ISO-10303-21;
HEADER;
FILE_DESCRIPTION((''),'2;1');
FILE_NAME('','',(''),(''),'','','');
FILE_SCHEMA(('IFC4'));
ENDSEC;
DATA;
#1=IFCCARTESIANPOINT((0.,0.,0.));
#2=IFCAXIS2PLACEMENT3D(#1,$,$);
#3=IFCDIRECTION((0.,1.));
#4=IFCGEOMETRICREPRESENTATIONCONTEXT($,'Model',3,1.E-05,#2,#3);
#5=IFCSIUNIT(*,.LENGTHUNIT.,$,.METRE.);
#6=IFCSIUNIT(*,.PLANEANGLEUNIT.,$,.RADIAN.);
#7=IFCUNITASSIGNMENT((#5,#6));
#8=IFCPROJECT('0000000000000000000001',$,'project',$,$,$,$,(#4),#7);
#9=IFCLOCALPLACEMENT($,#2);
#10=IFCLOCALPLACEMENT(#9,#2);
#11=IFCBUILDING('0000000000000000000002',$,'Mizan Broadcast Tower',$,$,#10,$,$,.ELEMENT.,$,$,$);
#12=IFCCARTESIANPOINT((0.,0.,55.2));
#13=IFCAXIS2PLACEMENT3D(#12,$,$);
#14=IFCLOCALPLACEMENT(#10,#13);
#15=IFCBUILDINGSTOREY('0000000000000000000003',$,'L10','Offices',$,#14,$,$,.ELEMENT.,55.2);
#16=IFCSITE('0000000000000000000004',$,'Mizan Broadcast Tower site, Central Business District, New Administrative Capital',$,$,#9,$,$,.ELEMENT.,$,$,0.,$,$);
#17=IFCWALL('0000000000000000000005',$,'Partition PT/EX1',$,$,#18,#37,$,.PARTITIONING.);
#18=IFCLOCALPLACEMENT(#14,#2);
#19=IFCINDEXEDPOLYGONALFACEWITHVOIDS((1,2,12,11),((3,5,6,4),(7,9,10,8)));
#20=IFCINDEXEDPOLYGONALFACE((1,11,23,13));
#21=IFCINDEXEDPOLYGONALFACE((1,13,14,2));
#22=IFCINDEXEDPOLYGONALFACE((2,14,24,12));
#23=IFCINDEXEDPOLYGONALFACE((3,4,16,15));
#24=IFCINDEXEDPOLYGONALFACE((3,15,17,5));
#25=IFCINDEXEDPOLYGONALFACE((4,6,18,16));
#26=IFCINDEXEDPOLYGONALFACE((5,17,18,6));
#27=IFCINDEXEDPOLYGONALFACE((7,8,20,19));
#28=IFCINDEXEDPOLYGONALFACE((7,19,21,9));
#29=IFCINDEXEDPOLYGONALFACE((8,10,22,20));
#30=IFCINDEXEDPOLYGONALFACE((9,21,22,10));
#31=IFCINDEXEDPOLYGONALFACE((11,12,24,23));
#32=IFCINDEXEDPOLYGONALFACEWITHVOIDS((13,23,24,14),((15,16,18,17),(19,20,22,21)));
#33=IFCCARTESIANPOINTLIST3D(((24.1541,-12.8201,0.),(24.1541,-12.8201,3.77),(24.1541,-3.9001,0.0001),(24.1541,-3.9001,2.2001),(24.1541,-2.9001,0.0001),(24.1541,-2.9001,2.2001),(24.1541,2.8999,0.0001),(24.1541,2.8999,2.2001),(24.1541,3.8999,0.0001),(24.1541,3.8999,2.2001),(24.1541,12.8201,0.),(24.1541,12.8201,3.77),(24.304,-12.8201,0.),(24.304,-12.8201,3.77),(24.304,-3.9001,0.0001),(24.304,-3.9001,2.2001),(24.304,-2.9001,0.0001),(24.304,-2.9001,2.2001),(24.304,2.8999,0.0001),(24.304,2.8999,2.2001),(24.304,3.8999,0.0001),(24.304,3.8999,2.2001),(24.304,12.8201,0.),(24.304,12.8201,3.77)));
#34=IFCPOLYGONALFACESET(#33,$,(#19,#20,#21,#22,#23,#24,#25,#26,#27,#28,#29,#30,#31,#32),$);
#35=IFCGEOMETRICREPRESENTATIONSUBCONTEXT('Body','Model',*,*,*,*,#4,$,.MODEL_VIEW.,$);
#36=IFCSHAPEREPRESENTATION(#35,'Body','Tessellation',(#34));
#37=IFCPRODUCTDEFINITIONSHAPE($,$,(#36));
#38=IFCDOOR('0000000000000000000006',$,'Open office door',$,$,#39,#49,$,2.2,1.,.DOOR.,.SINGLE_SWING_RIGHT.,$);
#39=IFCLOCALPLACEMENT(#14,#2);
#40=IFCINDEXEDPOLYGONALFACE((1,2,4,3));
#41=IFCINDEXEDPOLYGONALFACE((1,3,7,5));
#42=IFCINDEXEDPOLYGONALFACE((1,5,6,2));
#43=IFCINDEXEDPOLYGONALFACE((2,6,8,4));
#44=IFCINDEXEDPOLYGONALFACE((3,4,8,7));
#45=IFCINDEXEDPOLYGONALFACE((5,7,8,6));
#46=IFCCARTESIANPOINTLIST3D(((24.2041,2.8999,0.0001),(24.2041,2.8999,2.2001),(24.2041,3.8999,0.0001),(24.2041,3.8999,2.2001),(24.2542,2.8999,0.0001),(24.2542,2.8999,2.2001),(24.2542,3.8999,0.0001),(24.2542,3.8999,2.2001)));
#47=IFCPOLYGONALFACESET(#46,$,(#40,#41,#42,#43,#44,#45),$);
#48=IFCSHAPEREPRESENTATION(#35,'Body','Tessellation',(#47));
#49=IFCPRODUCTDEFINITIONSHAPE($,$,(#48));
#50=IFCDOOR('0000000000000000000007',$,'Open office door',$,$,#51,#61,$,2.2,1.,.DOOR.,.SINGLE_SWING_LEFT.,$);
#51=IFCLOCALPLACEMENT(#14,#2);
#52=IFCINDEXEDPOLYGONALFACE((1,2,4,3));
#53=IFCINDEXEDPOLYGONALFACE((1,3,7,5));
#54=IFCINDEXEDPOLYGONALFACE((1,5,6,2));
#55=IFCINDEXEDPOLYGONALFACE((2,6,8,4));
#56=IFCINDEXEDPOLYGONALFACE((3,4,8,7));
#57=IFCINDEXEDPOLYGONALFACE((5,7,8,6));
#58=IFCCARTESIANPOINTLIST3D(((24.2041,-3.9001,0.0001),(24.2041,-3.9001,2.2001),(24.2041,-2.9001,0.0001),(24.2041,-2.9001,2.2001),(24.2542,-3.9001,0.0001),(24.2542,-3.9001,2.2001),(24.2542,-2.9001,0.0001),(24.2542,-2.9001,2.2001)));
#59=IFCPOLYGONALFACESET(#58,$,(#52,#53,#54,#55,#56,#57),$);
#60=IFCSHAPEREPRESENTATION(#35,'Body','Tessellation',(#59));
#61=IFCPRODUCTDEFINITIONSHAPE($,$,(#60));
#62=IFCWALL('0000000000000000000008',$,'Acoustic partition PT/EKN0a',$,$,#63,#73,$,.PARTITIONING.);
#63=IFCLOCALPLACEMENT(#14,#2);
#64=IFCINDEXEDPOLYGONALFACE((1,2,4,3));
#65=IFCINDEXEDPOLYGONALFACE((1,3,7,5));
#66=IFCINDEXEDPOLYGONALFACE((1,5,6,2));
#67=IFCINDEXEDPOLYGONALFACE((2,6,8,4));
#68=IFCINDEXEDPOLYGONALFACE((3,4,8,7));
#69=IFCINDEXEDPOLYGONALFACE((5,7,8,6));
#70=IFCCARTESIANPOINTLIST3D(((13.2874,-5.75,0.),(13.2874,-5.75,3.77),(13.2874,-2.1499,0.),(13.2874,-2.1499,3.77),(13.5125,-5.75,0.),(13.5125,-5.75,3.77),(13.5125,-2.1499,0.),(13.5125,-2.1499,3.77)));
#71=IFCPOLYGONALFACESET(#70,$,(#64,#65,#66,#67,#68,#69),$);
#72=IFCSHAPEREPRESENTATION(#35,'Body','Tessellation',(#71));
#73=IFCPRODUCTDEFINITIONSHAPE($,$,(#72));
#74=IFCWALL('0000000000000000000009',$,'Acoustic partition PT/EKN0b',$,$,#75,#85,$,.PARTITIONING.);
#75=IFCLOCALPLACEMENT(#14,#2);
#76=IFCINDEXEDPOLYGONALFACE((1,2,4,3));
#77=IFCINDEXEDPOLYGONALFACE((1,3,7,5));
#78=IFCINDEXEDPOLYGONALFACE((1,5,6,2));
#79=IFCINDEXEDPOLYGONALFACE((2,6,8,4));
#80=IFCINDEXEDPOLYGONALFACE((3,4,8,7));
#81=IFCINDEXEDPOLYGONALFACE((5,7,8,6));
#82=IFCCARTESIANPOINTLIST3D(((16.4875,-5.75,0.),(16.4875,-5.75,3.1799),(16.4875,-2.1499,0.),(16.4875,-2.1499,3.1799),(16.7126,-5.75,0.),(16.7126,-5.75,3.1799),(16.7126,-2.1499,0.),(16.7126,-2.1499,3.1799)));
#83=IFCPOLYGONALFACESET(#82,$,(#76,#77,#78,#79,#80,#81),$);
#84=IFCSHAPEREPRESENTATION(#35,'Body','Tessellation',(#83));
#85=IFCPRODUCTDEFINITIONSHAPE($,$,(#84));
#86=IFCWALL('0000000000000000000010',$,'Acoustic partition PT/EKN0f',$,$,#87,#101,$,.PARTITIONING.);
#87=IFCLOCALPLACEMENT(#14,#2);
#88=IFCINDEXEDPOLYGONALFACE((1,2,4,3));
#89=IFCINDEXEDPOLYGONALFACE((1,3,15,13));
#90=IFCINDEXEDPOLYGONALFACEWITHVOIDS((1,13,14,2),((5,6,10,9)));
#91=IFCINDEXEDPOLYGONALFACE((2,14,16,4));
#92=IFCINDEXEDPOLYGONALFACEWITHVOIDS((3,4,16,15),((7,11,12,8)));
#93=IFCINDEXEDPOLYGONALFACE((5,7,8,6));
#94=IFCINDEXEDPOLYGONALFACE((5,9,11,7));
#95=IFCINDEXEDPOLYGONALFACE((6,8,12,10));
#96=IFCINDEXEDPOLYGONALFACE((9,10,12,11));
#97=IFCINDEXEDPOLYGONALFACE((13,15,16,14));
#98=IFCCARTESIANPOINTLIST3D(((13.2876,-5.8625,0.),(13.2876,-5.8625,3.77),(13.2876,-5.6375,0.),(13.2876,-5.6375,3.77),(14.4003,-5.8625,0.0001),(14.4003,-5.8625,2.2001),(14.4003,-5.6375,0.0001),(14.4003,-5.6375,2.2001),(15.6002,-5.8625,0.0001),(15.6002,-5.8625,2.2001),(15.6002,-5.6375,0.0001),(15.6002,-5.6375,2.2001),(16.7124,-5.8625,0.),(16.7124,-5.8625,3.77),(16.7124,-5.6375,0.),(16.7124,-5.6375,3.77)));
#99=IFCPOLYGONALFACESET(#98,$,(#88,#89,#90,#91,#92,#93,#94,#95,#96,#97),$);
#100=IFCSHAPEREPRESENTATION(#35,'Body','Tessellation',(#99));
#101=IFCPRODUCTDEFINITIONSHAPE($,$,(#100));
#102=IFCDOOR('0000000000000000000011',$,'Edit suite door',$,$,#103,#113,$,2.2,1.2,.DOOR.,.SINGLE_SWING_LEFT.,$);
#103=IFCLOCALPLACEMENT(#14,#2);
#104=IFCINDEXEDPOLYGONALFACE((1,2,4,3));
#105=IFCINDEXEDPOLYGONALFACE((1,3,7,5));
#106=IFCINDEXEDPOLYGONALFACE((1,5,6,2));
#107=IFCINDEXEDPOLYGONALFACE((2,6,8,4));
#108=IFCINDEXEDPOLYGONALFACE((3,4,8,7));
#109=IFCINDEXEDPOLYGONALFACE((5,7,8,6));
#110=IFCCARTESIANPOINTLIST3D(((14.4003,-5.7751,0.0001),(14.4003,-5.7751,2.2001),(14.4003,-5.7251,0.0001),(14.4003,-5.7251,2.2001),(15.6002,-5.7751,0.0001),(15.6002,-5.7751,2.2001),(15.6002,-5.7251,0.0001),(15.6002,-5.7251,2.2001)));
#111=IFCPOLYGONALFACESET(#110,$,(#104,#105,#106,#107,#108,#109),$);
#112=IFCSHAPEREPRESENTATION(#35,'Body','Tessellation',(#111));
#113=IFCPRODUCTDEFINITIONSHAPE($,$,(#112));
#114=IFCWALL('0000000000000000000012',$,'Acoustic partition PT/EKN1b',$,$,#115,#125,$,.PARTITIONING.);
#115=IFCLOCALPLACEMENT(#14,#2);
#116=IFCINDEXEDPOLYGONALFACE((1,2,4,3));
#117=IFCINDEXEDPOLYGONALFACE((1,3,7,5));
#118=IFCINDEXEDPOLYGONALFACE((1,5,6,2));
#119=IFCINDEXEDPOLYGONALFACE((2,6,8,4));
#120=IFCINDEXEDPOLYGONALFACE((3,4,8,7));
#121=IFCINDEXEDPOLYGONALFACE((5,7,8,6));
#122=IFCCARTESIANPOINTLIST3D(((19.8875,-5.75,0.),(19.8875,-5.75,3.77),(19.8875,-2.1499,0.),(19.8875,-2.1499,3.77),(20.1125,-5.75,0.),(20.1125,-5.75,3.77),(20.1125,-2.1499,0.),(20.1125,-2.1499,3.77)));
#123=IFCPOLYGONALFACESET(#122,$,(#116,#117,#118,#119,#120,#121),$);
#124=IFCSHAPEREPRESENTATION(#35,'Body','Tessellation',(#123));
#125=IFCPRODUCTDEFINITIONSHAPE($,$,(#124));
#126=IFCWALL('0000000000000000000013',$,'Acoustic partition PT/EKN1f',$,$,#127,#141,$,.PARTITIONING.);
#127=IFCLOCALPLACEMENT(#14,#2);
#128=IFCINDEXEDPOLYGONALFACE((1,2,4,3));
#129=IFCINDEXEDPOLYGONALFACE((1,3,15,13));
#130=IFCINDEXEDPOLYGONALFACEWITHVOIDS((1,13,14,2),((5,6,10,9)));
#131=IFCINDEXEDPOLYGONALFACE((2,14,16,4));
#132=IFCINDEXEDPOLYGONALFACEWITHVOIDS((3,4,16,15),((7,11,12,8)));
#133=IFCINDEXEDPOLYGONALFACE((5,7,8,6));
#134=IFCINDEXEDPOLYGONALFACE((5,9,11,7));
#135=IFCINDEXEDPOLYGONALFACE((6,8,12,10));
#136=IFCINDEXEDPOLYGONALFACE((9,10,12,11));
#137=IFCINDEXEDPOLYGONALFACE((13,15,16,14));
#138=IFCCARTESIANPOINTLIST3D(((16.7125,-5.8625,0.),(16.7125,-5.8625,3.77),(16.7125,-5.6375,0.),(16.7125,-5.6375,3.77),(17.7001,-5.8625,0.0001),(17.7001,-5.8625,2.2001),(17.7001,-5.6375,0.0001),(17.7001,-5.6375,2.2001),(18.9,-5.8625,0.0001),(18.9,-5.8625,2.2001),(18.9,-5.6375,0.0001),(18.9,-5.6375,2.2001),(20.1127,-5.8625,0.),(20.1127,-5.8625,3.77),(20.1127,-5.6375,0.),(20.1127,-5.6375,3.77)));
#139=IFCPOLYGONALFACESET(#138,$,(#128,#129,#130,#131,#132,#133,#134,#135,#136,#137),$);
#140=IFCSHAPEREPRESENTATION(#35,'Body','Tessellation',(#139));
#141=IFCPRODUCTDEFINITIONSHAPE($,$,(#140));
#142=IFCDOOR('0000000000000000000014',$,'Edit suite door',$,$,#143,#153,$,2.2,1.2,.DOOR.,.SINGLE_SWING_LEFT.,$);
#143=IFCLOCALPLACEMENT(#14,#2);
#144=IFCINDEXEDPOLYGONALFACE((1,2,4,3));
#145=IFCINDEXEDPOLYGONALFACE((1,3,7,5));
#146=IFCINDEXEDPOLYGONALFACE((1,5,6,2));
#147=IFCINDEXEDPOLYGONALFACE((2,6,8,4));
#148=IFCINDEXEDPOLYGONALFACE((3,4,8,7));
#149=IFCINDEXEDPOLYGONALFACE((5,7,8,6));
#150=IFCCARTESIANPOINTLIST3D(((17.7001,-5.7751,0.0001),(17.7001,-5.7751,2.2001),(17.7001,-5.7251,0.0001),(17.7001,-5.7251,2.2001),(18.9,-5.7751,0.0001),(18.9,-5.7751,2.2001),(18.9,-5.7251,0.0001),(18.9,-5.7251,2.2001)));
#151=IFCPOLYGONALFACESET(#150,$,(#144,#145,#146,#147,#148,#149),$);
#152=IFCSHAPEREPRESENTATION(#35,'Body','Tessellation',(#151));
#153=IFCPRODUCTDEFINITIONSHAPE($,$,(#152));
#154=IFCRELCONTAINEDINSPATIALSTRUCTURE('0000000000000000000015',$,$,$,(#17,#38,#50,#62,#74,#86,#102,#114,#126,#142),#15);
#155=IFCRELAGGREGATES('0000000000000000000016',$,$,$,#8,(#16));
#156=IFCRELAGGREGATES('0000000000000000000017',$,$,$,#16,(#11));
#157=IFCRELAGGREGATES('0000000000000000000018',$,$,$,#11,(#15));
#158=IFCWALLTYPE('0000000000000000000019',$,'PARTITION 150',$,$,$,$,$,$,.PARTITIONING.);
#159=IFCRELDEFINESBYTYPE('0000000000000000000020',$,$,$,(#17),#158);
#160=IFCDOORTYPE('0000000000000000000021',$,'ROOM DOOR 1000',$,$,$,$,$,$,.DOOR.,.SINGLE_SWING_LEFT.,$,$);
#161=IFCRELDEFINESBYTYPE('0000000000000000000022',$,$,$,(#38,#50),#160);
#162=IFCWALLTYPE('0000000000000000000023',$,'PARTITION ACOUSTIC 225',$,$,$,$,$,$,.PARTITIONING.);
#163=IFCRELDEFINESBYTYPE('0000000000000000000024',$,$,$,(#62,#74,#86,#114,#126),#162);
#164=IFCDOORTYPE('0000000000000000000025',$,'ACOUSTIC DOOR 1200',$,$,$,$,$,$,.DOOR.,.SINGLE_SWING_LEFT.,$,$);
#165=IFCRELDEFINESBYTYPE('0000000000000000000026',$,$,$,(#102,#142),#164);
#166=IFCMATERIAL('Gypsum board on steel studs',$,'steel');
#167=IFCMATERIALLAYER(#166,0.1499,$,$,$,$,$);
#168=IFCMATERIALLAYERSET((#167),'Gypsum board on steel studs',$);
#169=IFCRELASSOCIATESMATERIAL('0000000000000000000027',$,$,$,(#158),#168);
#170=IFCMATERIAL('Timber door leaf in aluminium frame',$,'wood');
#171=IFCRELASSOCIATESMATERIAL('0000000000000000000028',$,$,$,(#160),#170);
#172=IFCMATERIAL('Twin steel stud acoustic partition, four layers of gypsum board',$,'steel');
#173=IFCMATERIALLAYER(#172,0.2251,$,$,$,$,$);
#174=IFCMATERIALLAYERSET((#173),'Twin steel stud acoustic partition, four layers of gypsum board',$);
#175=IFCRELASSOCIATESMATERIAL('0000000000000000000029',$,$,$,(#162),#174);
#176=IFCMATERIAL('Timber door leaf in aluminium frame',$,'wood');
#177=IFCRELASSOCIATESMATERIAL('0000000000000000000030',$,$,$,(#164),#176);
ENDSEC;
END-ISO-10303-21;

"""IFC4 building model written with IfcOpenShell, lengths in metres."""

from ifc_helpers import new_model, si_unit, direction, frame, frame_2d, origin, place, context, subcontext, project, spatial, rectangle, extrude, material, layer, layer_set, type_object, element, fill, save


model = new_model("IFC4")

# Units and contexts
model_context = context("Model", 3, precision=1e-05, world=origin(), true_north=direction((0.0, 1.0)))
body_context = subcontext(model_context, "Body", "Model", "MODEL_VIEW")
ifc_project = project(units=[si_unit("LENGTHUNIT", "METRE"), si_unit("PLANEANGLEUNIT", "RADIAN")], contexts=[model_context])

# Site, building, storey
site_placement = place(None, origin())
site = spatial("IfcSite", under=ifc_project, at=site_placement, Name="Mizan Broadcast Tower site, Central Business District, New Administrative Capital", CompositionType="ELEMENT", RefElevation=0.0)
building_placement = place(site_placement, origin())
building = spatial("IfcBuilding", under=site, at=building_placement, Name="Mizan Broadcast Tower", CompositionType="ELEMENT")
storey_placement = place(building_placement, frame((0.0, 0.0, 55.2)))
storey = spatial("IfcBuildingStorey", under=building, at=storey_placement, Name="L10", Description="Offices", CompositionType="ELEMENT", Elevation=55.2)

# Wall, openings, doors
ifc_material_1 = material(Name="Gypsum board on steel studs", Category="steel")
ifc_layer_1 = layer(ifc_material_1, 0.1499)
ifc_layer_set_1 = layer_set([ifc_layer_1], Name="Gypsum board on steel studs")
wall_type_1 = type_object("IfcWallType", Name="PARTITION 150", PredefinedType="PARTITIONING", material=ifc_layer_set_1)
wall_1_placement = place(storey_placement, frame((24.229, -12.8201, 0.0), z_axis=(0.0, 0.0, 1.0), x_axis=(0.0, 1.0, 0.0)))
wall_1 = element("IfcWall", 1, at=wall_1_placement, inside=storey, type_object=wall_type_1, Name="Partition PT/EX1", PredefinedType="PARTITIONING", context=body_context, shape_type="SweptSolid", body=[
    extrude(rectangle(XDim=25.6401, YDim=0.1499, at=frame_2d((12.8201, 0.0))), origin(), (0.0, 0.0, 1.0), 3.77),
])
opening_1_placement = place(wall_1_placement, frame((15.72, 0.0, 0.0)))
opening_1 = element("IfcOpeningElement", 2, at=opening_1_placement, cuts=wall_1, PredefinedType="OPENING", context=body_context, shape_type="SweptSolid", body=[
    extrude(rectangle(XDim=1.0, YDim=2.2, at=frame_2d((0.5, 1.1001))), frame((0.0, 0.085, 0.0), z_axis=(0.0, -1.0, 0.0), x_axis=(1.0, 0.0, 0.0)), (0.0, 0.0, 1.0), 0.1699),
])
opening_2_placement = place(wall_1_placement, frame((8.9199, 0.0, 0.0)))
opening_2 = element("IfcOpeningElement", 3, at=opening_2_placement, cuts=wall_1, PredefinedType="OPENING", context=body_context, shape_type="SweptSolid", body=[
    extrude(rectangle(XDim=1.0, YDim=2.2, at=frame_2d((0.5, 1.1001))), frame((0.0, 0.085, 0.0), z_axis=(0.0, -1.0, 0.0), x_axis=(1.0, 0.0, 0.0)), (0.0, 0.0, 1.0), 0.1699),
])
ifc_material_2 = material(Name="Timber door leaf in aluminium frame", Category="wood")
door_type_1 = type_object("IfcDoorType", Name="ROOM DOOR 1000", OperationType="SINGLE_SWING_LEFT", PredefinedType="DOOR", material=ifc_material_2)
door_1_placement = place(opening_1_placement, origin())
door_1 = element("IfcDoor", 4, at=door_1_placement, inside=storey, type_object=door_type_1, Name="Open office door", OperationType="SINGLE_SWING_RIGHT", OverallHeight=2.2, OverallWidth=1.0, PredefinedType="DOOR", context=body_context, shape_type="SweptSolid", body=[
    extrude(rectangle(XDim=1.0, YDim=2.2, at=frame_2d((0.5, 1.1001))), frame((0.0, 0.0249, 0.0), z_axis=(0.0, -1.0, 0.0), x_axis=(1.0, 0.0, 0.0)), (0.0, 0.0, 1.0), 0.05),
])
fill(opening_1, door_1)
door_2_placement = place(opening_2_placement, origin())
door_2 = element("IfcDoor", 5, at=door_2_placement, inside=storey, type_object=door_type_1, Name="Open office door", OperationType="SINGLE_SWING_LEFT", OverallHeight=2.2, OverallWidth=1.0, PredefinedType="DOOR", context=body_context, shape_type="SweptSolid", body=[
    extrude(rectangle(XDim=1.0, YDim=2.2, at=frame_2d((0.5, 1.1001))), frame((0.0, 0.0249, 0.0), z_axis=(0.0, -1.0, 0.0), x_axis=(1.0, 0.0, 0.0)), (0.0, 0.0, 1.0), 0.05),
])
fill(opening_2, door_2)

# Walls
ifc_material_3 = material(Name="Twin steel stud acoustic partition, four layers of gypsum board", Category="steel")
ifc_layer_2 = layer(ifc_material_3, 0.2251)
ifc_layer_set_2 = layer_set([ifc_layer_2], Name="Twin steel stud acoustic partition, four layers of gypsum board")
wall_type_2 = type_object("IfcWallType", Name="PARTITION ACOUSTIC 225", PredefinedType="PARTITIONING", material=ifc_layer_set_2)
wall_2_placement = place(storey_placement, frame((13.3999, -2.1499, 0.0), z_axis=(0.0, 0.0, 1.0), x_axis=(0.0, -1.0, 0.0)))
element("IfcWall", 6, at=wall_2_placement, inside=storey, type_object=wall_type_2, Name="Acoustic partition PT/EKN0a", PredefinedType="PARTITIONING", context=body_context, shape_type="SweptSolid", body=[
    extrude(rectangle(XDim=3.6001, YDim=0.2251, at=frame_2d((1.8, 0.0))), origin(), (0.0, 0.0, 1.0), 3.77),
])
wall_3_placement = place(storey_placement, frame((16.6001, -2.1499, 0.0), z_axis=(0.0, 0.0, 1.0), x_axis=(0.0, -1.0, 0.0)))
element("IfcWall", 7, at=wall_3_placement, inside=storey, type_object=wall_type_2, Name="Acoustic partition PT/EKN0b", PredefinedType="PARTITIONING", context=body_context, shape_type="SweptSolid", body=[
    extrude(rectangle(XDim=3.6001, YDim=0.2251, at=frame_2d((1.8, 0.0))), origin(), (0.0, 0.0, 1.0), 3.1799),
])

# Wall, opening, door
wall_4_placement = place(storey_placement, frame((13.2876, -5.75, 0.0), z_axis=(0.0, 0.0, 1.0), x_axis=(1.0, 0.0, 0.0)))
wall_4 = element("IfcWall", 8, at=wall_4_placement, inside=storey, type_object=wall_type_2, Name="Acoustic partition PT/EKN0f", PredefinedType="PARTITIONING", context=body_context, shape_type="SweptSolid", body=[
    extrude(rectangle(XDim=3.4248, YDim=0.2251, at=frame_2d((1.7124, 0.0))), origin(), (0.0, 0.0, 1.0), 3.77),
])
opening_3_placement = place(wall_4_placement, frame((1.1125, 0.0, 0.0)))
opening_3 = element("IfcOpeningElement", 9, at=opening_3_placement, cuts=wall_4, PredefinedType="OPENING", context=body_context, shape_type="SweptSolid", body=[
    extrude(rectangle(XDim=1.2, YDim=2.2, at=frame_2d((0.6001, 1.1001))), frame((0.0, 0.1226, 0.0), z_axis=(0.0, -1.0, 0.0), x_axis=(1.0, 0.0, 0.0)), (0.0, 0.0, 1.0), 0.2451),
])
ifc_material_4 = material(Name="Timber door leaf in aluminium frame", Category="wood")
door_type_2 = type_object("IfcDoorType", Name="ACOUSTIC DOOR 1200", OperationType="SINGLE_SWING_LEFT", PredefinedType="DOOR", material=ifc_material_4)
door_3_placement = place(opening_3_placement, origin())
door_3 = element("IfcDoor", 10, at=door_3_placement, inside=storey, type_object=door_type_2, Name="Edit suite door", OperationType="SINGLE_SWING_LEFT", OverallHeight=2.2, OverallWidth=1.2, PredefinedType="DOOR", context=body_context, shape_type="SweptSolid", body=[
    extrude(rectangle(XDim=1.2, YDim=2.2, at=frame_2d((0.6001, 1.1001))), frame((0.0, 0.0249, 0.0), z_axis=(0.0, -1.0, 0.0), x_axis=(1.0, 0.0, 0.0)), (0.0, 0.0, 1.0), 0.05),
])
fill(opening_3, door_3)

# Wall
wall_5_placement = place(storey_placement, frame((20.0, -2.1499, 0.0), z_axis=(0.0, 0.0, 1.0), x_axis=(0.0, -1.0, 0.0)))
element("IfcWall", 11, at=wall_5_placement, inside=storey, type_object=wall_type_2, Name="Acoustic partition PT/EKN1b", PredefinedType="PARTITIONING", context=body_context, shape_type="SweptSolid", body=[
    extrude(rectangle(XDim=3.6001, YDim=0.2251, at=frame_2d((1.8, 0.0))), origin(), (0.0, 0.0, 1.0), 3.77),
])

# Wall, opening, door
wall_6_placement = place(storey_placement, frame((16.7124, -5.75, 0.0), z_axis=(0.0, 0.0, 1.0), x_axis=(1.0, 0.0, 0.0)))
wall_6 = element("IfcWall", 12, at=wall_6_placement, inside=storey, type_object=wall_type_2, Name="Acoustic partition PT/EKN1f", PredefinedType="PARTITIONING", context=body_context, shape_type="SweptSolid", body=[
    extrude(rectangle(XDim=3.4001, YDim=0.2251, at=frame_2d((1.7002, 0.0))), origin(), (0.0, 0.0, 1.0), 3.77),
])
opening_4_placement = place(wall_6_placement, frame((0.9875, 0.0, 0.0)))
opening_4 = element("IfcOpeningElement", 13, at=opening_4_placement, cuts=wall_6, PredefinedType="OPENING", context=body_context, shape_type="SweptSolid", body=[
    extrude(rectangle(XDim=1.2, YDim=2.2, at=frame_2d((0.6001, 1.1001))), frame((0.0, 0.1226, 0.0), z_axis=(0.0, -1.0, 0.0), x_axis=(1.0, 0.0, 0.0)), (0.0, 0.0, 1.0), 0.2451),
])
door_4_placement = place(opening_4_placement, origin())
door_4 = element("IfcDoor", 14, at=door_4_placement, inside=storey, type_object=door_type_2, Name="Edit suite door", OperationType="SINGLE_SWING_LEFT", OverallHeight=2.2, OverallWidth=1.2, PredefinedType="DOOR", context=body_context, shape_type="SweptSolid", body=[
    extrude(rectangle(XDim=1.2, YDim=2.2, at=frame_2d((0.6001, 1.1001))), frame((0.0, 0.0249, 0.0), z_axis=(0.0, -1.0, 0.0), x_axis=(1.0, 0.0, 0.0)), (0.0, 0.0, 1.0), 0.05),
])
fill(opening_4, door_4)

save(model, "model.ifc")
